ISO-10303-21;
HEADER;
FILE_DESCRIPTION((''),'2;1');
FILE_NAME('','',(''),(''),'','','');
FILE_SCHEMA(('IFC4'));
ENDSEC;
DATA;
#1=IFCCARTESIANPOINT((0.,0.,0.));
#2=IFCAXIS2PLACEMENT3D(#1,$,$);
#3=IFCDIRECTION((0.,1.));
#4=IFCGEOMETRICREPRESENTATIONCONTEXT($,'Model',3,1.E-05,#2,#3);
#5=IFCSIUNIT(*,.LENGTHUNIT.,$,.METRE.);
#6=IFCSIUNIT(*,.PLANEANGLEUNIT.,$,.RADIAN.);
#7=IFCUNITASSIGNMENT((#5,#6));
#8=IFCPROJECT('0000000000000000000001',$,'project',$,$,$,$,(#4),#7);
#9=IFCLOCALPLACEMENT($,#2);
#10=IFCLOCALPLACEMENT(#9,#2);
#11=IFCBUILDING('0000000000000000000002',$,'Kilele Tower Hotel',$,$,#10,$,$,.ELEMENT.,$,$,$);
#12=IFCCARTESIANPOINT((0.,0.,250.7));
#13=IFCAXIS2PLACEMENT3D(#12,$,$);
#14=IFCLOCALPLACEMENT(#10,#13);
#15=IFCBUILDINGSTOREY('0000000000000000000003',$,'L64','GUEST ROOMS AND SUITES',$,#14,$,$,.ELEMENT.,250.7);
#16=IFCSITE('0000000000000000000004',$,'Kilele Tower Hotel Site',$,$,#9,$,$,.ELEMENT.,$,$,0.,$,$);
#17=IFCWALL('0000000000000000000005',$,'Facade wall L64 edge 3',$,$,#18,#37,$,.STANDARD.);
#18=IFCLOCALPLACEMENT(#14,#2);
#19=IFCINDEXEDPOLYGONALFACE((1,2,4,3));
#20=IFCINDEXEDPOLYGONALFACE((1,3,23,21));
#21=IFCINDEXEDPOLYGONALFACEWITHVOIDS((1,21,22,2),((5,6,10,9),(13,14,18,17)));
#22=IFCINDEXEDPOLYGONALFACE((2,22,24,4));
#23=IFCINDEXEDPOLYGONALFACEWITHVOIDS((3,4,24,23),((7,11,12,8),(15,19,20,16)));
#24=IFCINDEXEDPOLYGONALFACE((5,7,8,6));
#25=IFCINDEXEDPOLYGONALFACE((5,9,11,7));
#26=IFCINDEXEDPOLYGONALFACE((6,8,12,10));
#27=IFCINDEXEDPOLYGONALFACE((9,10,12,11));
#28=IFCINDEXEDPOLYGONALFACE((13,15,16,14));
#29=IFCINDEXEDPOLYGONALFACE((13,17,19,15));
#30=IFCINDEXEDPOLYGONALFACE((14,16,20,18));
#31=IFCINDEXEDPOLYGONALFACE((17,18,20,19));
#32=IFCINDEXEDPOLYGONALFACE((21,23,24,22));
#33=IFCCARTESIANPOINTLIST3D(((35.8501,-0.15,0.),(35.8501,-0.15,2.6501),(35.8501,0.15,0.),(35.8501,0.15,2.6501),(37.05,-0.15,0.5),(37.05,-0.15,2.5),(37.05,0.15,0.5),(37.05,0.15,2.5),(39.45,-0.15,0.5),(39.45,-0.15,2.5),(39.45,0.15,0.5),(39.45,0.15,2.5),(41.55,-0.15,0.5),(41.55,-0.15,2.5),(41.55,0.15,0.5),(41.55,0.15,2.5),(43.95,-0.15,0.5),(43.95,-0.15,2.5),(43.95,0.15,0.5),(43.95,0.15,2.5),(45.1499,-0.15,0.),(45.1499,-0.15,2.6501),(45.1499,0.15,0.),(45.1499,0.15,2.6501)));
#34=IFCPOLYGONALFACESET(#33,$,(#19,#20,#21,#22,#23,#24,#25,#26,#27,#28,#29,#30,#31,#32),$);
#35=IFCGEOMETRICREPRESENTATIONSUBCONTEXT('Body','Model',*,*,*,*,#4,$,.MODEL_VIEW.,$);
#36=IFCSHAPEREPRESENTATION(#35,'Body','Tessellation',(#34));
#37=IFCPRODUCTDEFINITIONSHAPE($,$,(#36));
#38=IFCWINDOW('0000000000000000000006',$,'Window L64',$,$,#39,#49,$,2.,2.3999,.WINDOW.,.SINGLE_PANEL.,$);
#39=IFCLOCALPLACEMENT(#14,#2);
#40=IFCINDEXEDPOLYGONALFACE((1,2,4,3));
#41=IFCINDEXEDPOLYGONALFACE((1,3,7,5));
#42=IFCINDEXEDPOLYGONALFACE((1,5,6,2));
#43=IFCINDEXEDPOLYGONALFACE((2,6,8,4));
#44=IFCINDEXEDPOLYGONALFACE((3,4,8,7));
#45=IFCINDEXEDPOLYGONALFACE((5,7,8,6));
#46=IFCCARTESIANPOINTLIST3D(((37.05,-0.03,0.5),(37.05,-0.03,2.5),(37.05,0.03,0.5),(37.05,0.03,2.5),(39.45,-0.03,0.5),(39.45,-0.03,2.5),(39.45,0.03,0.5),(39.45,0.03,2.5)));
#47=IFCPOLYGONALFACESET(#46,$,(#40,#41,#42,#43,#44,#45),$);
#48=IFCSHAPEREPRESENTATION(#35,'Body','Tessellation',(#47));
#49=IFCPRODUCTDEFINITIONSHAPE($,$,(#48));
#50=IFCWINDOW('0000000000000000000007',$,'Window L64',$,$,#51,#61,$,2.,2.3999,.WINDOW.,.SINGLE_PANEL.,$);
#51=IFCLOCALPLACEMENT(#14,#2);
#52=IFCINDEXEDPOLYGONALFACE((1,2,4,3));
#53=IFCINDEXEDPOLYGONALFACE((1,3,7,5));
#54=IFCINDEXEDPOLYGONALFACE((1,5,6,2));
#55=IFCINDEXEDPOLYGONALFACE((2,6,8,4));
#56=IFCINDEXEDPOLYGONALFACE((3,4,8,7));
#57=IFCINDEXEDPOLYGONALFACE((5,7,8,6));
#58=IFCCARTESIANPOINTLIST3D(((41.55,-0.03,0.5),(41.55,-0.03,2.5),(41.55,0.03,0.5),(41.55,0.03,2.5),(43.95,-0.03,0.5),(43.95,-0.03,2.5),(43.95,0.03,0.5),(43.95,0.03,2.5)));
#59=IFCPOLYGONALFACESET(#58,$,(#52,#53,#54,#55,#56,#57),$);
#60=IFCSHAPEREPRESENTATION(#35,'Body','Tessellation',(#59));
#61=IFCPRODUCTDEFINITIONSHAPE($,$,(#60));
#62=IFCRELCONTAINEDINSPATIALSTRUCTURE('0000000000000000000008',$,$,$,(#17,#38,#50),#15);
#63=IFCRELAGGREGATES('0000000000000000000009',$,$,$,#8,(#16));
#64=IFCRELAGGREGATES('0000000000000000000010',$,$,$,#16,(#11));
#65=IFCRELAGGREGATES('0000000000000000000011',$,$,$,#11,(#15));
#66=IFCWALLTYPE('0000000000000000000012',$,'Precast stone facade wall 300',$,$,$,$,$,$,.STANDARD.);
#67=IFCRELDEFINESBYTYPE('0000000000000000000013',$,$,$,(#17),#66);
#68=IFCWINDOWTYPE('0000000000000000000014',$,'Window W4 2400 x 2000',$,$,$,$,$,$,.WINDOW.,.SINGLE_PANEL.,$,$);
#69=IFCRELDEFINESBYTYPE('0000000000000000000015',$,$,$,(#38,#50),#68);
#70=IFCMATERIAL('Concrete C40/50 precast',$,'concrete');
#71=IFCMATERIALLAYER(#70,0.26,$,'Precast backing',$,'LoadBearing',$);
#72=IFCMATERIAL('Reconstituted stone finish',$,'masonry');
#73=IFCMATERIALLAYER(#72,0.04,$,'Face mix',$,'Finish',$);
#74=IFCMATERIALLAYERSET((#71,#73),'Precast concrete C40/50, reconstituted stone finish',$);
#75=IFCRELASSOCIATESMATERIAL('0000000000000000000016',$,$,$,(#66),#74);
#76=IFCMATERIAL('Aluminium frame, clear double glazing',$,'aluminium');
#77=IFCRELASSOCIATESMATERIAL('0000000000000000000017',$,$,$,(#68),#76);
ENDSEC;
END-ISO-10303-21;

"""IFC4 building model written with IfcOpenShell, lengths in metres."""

from ifc_helpers import new_model, si_unit, direction, frame, frame_2d, origin, place, context, subcontext, project, spatial, rectangle, extrude, material, layer, layer_set, type_object, element, fill, save


model = new_model("IFC4")

# Units and contexts
model_context = context("Model", 3, precision=1e-05, world=origin(), true_north=direction((0.0, 1.0)))
body_context = subcontext(model_context, "Body", "Model", "MODEL_VIEW")
ifc_project = project(units=[si_unit("LENGTHUNIT", "METRE"), si_unit("PLANEANGLEUNIT", "RADIAN")], contexts=[model_context])

# Site, building, storey
site_placement = place(None, origin())
site = spatial("IfcSite", under=ifc_project, at=site_placement, Name="Kilele Tower Hotel Site", CompositionType="ELEMENT", RefElevation=0.0)
building_placement = place(site_placement, origin())
building = spatial("IfcBuilding", under=site, at=building_placement, Name="Kilele Tower Hotel", CompositionType="ELEMENT")
storey_placement = place(building_placement, frame((0.0, 0.0, 250.7)))
storey = spatial("IfcBuildingStorey", under=building, at=storey_placement, Name="L64", Description="GUEST ROOMS AND SUITES", CompositionType="ELEMENT", Elevation=250.7)

# Wall, openings, windows
ifc_material_1 = material(Name="Concrete C40/50 precast", Category="concrete")
ifc_layer_1 = layer(ifc_material_1, 0.26, Name="Precast backing", Category="LoadBearing")
ifc_material_2 = material(Name="Reconstituted stone finish", Category="masonry")
ifc_layer_2 = layer(ifc_material_2, 0.04, Name="Face mix", Category="Finish")
ifc_layer_set_1 = layer_set([ifc_layer_1, ifc_layer_2], Name="Precast concrete C40/50, reconstituted stone finish")
wall_type_1 = type_object("IfcWallType", Name="Precast stone facade wall 300", PredefinedType="STANDARD", material=ifc_layer_set_1)
wall_1_placement = place(storey_placement, frame((35.8501, 0.0, 0.0), z_axis=(0.0, 0.0, 1.0), x_axis=(1.0, 0.0, 0.0)))
wall_1 = element("IfcWall", 1, at=wall_1_placement, inside=storey, type_object=wall_type_1, Name="Facade wall L64 edge 3", PredefinedType="STANDARD", context=body_context, shape_type="SweptSolid", body=[
    extrude(rectangle(XDim=9.2998, YDim=0.3, at=frame_2d((4.6499, 0.0))), origin(), (0.0, 0.0, 1.0), 2.6501),
])
opening_1_placement = place(wall_1_placement, frame((1.2, 0.0, 0.5)))
opening_1 = element("IfcOpeningElement", 2, at=opening_1_placement, cuts=wall_1, PredefinedType="OPENING", context=body_context, shape_type="SweptSolid", body=[
    extrude(rectangle(XDim=2.3999, YDim=2.0, at=frame_2d((1.2, 1.0))), frame((0.0, 0.1599, 0.0), z_axis=(0.0, -1.0, 0.0), x_axis=(1.0, 0.0, 0.0)), (0.0, 0.0, 1.0), 0.3201),
])
opening_2_placement = place(wall_1_placement, frame((5.7, 0.0, 0.5)))
opening_2 = element("IfcOpeningElement", 3, at=opening_2_placement, cuts=wall_1, PredefinedType="OPENING", context=body_context, shape_type="SweptSolid", body=[
    extrude(rectangle(XDim=2.3999, YDim=2.0, at=frame_2d((1.2, 1.0))), frame((0.0, 0.1599, 0.0), z_axis=(0.0, -1.0, 0.0), x_axis=(1.0, 0.0, 0.0)), (0.0, 0.0, 1.0), 0.3201),
])
ifc_material_3 = material(Name="Aluminium frame, clear double glazing", Category="aluminium")
window_type = type_object("IfcWindowType", Name="Window W4 2400 x 2000", PartitioningType="SINGLE_PANEL", PredefinedType="WINDOW", material=ifc_material_3)
window_1_placement = place(opening_1_placement, origin())
window_1 = element("IfcWindow", 4, at=window_1_placement, inside=storey, type_object=window_type, Name="Window L64", OverallHeight=2.0, OverallWidth=2.3999, PartitioningType="SINGLE_PANEL", PredefinedType="WINDOW", context=body_context, shape_type="SweptSolid", body=[
    extrude(rectangle(XDim=2.3999, YDim=2.0, at=frame_2d((1.2, 1.0))), frame((0.0, 0.03, 0.0), z_axis=(0.0, -1.0, 0.0), x_axis=(1.0, 0.0, 0.0)), (0.0, 0.0, 1.0), 0.0601),
])
fill(opening_1, window_1)
window_2_placement = place(opening_2_placement, origin())
window_2 = element("IfcWindow", 5, at=window_2_placement, inside=storey, type_object=window_type, Name="Window L64", OverallHeight=2.0, OverallWidth=2.3999, PartitioningType="SINGLE_PANEL", PredefinedType="WINDOW", context=body_context, shape_type="SweptSolid", body=[
    extrude(rectangle(XDim=2.3999, YDim=2.0, at=frame_2d((1.2, 1.0))), frame((0.0, 0.03, 0.0), z_axis=(0.0, -1.0, 0.0), x_axis=(1.0, 0.0, 0.0)), (0.0, 0.0, 1.0), 0.0601),
])
fill(opening_2, window_2)

save(model, "model.ifc")
